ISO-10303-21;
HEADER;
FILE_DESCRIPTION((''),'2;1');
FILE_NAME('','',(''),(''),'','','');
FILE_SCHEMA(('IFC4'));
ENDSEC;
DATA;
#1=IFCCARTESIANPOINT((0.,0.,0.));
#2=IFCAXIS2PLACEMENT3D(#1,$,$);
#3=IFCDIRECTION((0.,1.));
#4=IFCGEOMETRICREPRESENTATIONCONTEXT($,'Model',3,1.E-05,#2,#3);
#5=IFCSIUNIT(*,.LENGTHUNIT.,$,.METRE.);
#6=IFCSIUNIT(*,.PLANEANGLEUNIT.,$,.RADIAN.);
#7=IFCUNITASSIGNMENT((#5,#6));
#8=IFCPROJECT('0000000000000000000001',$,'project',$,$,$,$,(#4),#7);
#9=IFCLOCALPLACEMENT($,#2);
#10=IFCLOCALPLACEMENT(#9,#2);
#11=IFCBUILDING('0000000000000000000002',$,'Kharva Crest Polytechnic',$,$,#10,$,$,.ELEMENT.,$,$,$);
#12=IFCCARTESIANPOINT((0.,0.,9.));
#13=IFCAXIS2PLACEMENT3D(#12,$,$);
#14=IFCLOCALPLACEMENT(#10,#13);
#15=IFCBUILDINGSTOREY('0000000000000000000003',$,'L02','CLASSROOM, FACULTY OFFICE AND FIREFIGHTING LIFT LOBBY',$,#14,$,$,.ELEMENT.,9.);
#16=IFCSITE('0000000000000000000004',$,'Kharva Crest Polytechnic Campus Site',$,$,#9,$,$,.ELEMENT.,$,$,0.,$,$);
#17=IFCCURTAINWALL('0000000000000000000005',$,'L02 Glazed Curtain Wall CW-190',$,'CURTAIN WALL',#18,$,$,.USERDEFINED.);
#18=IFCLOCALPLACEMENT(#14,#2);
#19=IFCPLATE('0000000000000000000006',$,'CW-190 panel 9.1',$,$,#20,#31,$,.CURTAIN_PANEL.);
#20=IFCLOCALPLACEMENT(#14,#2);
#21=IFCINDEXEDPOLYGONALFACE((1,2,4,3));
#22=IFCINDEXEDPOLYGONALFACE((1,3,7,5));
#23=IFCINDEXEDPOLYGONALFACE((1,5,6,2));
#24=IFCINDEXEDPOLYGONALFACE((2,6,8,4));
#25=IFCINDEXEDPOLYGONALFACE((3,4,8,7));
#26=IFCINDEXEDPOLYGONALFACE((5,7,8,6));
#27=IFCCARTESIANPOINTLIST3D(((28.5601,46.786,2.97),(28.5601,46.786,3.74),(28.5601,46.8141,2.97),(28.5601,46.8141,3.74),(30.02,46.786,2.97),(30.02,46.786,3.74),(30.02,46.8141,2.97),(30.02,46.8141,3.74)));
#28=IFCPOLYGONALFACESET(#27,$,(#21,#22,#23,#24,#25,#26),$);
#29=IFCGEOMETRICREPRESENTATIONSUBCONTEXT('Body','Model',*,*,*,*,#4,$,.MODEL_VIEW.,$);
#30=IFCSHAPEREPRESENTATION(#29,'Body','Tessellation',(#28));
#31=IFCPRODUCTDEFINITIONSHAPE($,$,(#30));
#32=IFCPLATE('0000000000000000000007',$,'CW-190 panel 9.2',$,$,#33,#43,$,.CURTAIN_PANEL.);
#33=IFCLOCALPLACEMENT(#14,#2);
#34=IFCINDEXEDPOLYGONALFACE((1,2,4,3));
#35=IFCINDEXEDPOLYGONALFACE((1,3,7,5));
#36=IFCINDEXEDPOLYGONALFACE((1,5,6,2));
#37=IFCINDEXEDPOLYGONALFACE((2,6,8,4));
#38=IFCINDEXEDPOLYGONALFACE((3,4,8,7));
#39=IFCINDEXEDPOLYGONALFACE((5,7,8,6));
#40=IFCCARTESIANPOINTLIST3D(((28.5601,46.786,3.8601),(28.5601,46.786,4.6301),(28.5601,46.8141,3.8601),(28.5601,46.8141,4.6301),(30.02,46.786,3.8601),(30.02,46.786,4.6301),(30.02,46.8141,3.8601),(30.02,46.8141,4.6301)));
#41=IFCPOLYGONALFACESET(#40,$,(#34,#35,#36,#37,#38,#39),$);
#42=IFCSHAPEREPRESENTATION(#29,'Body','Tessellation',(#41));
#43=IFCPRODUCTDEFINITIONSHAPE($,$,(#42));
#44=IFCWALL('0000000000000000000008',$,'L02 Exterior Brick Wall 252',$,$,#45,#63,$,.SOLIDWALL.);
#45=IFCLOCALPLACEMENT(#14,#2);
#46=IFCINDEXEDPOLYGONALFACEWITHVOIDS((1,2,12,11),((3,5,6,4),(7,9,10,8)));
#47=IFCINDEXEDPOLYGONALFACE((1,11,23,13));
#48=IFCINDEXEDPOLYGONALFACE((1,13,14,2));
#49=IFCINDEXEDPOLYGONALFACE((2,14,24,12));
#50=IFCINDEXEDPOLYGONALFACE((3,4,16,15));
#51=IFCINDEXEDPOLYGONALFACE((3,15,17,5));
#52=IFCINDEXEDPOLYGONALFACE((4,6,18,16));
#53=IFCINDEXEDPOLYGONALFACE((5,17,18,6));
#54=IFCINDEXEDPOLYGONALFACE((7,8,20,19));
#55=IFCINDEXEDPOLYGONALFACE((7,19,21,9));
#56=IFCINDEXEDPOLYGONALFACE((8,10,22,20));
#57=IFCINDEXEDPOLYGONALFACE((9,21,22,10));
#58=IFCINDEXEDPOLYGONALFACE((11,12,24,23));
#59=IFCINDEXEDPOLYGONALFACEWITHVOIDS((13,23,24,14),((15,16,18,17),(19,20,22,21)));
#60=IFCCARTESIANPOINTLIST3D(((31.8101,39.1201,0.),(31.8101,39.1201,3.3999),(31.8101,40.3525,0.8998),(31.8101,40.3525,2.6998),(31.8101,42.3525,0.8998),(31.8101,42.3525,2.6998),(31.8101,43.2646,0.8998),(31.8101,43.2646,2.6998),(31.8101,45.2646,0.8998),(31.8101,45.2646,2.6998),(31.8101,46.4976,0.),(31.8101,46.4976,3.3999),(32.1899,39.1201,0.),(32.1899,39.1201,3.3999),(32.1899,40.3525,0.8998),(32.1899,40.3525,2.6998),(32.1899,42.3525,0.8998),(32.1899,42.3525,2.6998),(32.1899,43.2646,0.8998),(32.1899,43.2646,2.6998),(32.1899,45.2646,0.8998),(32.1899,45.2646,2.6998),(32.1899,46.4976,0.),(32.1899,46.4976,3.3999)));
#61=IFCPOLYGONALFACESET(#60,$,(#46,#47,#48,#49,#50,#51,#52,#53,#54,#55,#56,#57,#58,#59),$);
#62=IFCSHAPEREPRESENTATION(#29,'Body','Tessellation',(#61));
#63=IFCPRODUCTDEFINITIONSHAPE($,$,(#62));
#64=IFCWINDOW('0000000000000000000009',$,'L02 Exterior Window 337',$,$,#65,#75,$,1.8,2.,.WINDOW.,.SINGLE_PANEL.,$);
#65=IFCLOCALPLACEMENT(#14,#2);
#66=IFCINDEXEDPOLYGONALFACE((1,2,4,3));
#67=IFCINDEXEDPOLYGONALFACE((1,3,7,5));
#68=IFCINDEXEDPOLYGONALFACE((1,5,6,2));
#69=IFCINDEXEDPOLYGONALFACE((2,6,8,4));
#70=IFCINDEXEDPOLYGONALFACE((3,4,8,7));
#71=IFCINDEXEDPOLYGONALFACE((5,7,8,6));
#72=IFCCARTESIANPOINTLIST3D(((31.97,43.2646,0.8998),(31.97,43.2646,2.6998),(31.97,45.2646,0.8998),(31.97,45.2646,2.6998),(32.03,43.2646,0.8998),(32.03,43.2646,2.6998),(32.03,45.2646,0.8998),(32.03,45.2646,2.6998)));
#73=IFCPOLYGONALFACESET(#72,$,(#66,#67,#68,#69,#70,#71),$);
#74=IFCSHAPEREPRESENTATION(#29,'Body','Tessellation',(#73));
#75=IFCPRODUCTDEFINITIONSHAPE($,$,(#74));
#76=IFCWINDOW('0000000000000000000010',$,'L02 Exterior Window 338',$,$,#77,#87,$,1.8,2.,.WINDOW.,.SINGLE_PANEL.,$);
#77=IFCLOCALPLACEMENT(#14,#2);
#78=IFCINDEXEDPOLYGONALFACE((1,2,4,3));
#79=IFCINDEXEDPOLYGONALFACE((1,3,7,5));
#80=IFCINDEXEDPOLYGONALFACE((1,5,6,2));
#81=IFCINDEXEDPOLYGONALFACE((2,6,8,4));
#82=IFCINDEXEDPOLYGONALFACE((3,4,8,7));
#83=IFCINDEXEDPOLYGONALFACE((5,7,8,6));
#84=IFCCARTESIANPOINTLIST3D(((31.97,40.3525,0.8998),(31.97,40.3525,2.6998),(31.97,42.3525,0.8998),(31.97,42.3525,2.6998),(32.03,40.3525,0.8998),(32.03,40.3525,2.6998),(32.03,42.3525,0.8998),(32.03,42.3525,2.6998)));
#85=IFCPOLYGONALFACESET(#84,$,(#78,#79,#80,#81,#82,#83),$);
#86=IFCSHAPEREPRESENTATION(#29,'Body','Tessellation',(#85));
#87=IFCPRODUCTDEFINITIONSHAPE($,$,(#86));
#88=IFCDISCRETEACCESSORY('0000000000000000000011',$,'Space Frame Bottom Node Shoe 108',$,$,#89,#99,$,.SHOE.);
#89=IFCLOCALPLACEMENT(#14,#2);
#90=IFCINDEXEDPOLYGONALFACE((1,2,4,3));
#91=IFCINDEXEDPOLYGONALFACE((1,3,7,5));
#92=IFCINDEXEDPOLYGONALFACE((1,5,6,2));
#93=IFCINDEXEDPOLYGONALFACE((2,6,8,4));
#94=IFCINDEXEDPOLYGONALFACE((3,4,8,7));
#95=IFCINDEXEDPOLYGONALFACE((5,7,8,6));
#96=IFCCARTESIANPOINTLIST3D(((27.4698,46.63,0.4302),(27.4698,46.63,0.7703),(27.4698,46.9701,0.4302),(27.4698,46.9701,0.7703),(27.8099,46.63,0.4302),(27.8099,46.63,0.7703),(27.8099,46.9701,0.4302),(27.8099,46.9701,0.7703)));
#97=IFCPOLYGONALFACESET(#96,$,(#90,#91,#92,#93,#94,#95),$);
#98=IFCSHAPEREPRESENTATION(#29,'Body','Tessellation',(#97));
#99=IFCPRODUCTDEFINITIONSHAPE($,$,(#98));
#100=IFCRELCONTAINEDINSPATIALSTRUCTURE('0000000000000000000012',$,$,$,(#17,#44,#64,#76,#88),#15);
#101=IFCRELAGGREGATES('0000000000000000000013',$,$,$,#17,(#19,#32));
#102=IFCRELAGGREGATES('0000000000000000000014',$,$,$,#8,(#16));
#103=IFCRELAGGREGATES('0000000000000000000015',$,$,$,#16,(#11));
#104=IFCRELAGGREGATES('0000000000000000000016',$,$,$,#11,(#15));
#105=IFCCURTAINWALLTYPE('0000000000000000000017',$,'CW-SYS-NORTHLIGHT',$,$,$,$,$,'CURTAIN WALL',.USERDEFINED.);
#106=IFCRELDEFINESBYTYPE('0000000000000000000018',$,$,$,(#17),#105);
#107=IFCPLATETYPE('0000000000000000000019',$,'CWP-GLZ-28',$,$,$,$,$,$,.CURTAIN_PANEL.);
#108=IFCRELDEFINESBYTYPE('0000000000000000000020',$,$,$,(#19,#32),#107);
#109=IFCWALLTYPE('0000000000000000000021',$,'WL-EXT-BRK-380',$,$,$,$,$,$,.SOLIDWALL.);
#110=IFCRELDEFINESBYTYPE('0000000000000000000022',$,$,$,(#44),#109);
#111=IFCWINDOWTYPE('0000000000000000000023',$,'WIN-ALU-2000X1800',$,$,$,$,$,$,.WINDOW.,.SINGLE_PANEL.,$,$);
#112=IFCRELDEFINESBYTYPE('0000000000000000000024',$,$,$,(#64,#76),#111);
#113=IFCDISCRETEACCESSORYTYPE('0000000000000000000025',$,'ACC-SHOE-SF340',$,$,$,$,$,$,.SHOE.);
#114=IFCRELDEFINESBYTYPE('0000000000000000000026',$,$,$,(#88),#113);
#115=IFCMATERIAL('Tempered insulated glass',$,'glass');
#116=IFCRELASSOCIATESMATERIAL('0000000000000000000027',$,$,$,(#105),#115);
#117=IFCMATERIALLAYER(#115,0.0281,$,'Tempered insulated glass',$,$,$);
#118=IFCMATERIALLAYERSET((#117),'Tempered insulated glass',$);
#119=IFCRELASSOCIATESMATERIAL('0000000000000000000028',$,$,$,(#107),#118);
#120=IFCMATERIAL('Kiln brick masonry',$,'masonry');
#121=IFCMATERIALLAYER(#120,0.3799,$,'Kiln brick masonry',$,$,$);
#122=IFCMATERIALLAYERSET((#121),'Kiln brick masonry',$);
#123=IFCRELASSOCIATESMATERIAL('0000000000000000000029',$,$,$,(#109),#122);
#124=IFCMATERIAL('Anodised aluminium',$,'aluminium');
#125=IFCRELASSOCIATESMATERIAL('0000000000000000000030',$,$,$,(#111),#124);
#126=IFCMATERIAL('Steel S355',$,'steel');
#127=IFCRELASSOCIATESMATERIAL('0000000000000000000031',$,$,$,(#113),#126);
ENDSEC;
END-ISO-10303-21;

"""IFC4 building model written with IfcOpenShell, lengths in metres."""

from ifc_helpers import new_model, si_unit, direction, frame, frame_2d, origin, origin_2d, place, context, subcontext, project, spatial, rectangle, extrude, material, layer, layer_set, type_object, element, fill, aggregate, save


model = new_model("IFC4")

# Units and contexts
model_context = context("Model", 3, precision=1e-05, world=origin(), true_north=direction((0.0, 1.0)))
body_context = subcontext(model_context, "Body", "Model", "MODEL_VIEW")
ifc_project = project(units=[si_unit("LENGTHUNIT", "METRE"), si_unit("PLANEANGLEUNIT", "RADIAN")], contexts=[model_context])

# Site, building, storey
site_placement = place(None, origin())
site = spatial("IfcSite", under=ifc_project, at=site_placement, Name="Kharva Crest Polytechnic Campus Site", CompositionType="ELEMENT", RefElevation=0.0)
building_placement = place(site_placement, origin())
building = spatial("IfcBuilding", under=site, at=building_placement, Name="Kharva Crest Polytechnic", CompositionType="ELEMENT")
storey_placement = place(building_placement, frame((0.0, 0.0, 9.0)))
storey = spatial("IfcBuildingStorey", under=building, at=storey_placement, Name="L02", Description="CLASSROOM, FACULTY OFFICE AND FIREFIGHTING LIFT LOBBY", CompositionType="ELEMENT", Elevation=9.0)

# Curtain wall
ifc_material_1 = material(Name="Tempered insulated glass", Category="glass")
curtain_wall_type = type_object("IfcCurtainWallType", Name="CW-SYS-NORTHLIGHT", ElementType="CURTAIN WALL", PredefinedType="USERDEFINED", material=ifc_material_1)
curtain_wall_placement = place(storey_placement, origin())
curtain_wall = element("IfcCurtainWall", 1, at=curtain_wall_placement, inside=storey, type_object=curtain_wall_type, Name="L02 Glazed Curtain Wall CW-190", ObjectType="CURTAIN WALL", PredefinedType="USERDEFINED")
ifc_material_2 = material(Name="Steel S355", Category="steel")

# Plates
ifc_layer_1 = layer(ifc_material_1, 0.0281, Name="Tempered insulated glass")
ifc_layer_set_1 = layer_set([ifc_layer_1], Name="Tempered insulated glass")
plate_type = type_object("IfcPlateType", Name="CWP-GLZ-28", PredefinedType="CURTAIN_PANEL", material=ifc_layer_set_1)
plate_1_placement = place(storey_placement, frame((29.29, 46.8, 2.97), z_axis=(0.0, 0.0, 1.0), x_axis=(1.0, 0.0, 0.0)))
plate_1 = element("IfcPlate", 2, at=plate_1_placement, type_object=plate_type, Name="CW-190 panel 9.1", PredefinedType="CURTAIN_PANEL", context=body_context, shape_type="SweptSolid", body=[
    extrude(rectangle(XDim=1.46, YDim=0.0281, at=origin_2d()), origin(), (0.0, 0.0, 1.0), 0.77),
])
plate_2_placement = place(storey_placement, frame((29.29, 46.8, 3.8601), z_axis=(0.0, 0.0, 1.0), x_axis=(1.0, 0.0, 0.0)))
plate_2 = element("IfcPlate", 3, at=plate_2_placement, type_object=plate_type, Name="CW-190 panel 9.2", PredefinedType="CURTAIN_PANEL", context=body_context, shape_type="SweptSolid", body=[
    extrude(rectangle(XDim=1.46, YDim=0.0281, at=origin_2d()), origin(), (0.0, 0.0, 1.0), 0.77),
])
aggregate(curtain_wall, [plate_1, plate_2])

# Wall, openings, windows
ifc_material_3 = material(Name="Kiln brick masonry", Category="masonry")
ifc_layer_2 = layer(ifc_material_3, 0.3799, Name="Kiln brick masonry")
ifc_layer_set_2 = layer_set([ifc_layer_2], Name="Kiln brick masonry")
wall_type = type_object("IfcWallType", Name="WL-EXT-BRK-380", PredefinedType="SOLIDWALL", material=ifc_layer_set_2)
wall_placement = place(storey_placement, frame((32.0, 46.4976, 0.0), z_axis=(0.0, 0.0, 1.0), x_axis=(0.0, -1.0, 0.0)))
wall = element("IfcWall", 4, at=wall_placement, inside=storey, type_object=wall_type, Name="L02 Exterior Brick Wall 252", PredefinedType="SOLIDWALL", context=body_context, shape_type="SweptSolid", body=[
    extrude(rectangle(XDim=7.3774, YDim=0.3799, at=frame_2d((3.6887, 0.0))), origin(), (0.0, 0.0, 1.0), 3.3999),
])
opening_1_placement = place(wall_placement, frame((1.2329, 0.0, 0.8999)))
opening_1 = element("IfcOpeningElement", 5, at=opening_1_placement, cuts=wall, PredefinedType="OPENING", context=body_context, shape_type="SweptSolid", body=[
    extrude(rectangle(XDim=2.0, YDim=1.8, at=frame_2d((1.0, 0.8999))), frame((0.0, 0.2, 0.0), z_axis=(0.0, -1.0, 0.0), x_axis=(1.0, 0.0, 0.0)), (0.0, 0.0, 1.0), 0.3999),
])
opening_2_placement = place(wall_placement, frame((4.145, 0.0, 0.8999)))
opening_2 = element("IfcOpeningElement", 6, at=opening_2_placement, cuts=wall, PredefinedType="OPENING", context=body_context, shape_type="SweptSolid", body=[
    extrude(rectangle(XDim=2.0, YDim=1.8, at=frame_2d((1.0, 0.8999))), frame((0.0, 0.2, 0.0), z_axis=(0.0, -1.0, 0.0), x_axis=(1.0, 0.0, 0.0)), (0.0, 0.0, 1.0), 0.3999),
])
ifc_material_4 = material(Name="Anodised aluminium", Category="aluminium")
window_type = type_object("IfcWindowType", Name="WIN-ALU-2000X1800", PartitioningType="SINGLE_PANEL", PredefinedType="WINDOW", material=ifc_material_4)
window_1_placement = place(opening_1_placement, origin())
window_1 = element("IfcWindow", 7, at=window_1_placement, inside=storey, type_object=window_type, Name="L02 Exterior Window 337", OverallHeight=1.8, OverallWidth=2.0, PartitioningType="SINGLE_PANEL", PredefinedType="WINDOW", context=body_context, shape_type="SweptSolid", body=[
    extrude(rectangle(XDim=2.0, YDim=1.8, at=frame_2d((1.0, 0.8999))), frame((0.0, 0.03, 0.0), z_axis=(0.0, -1.0, 0.0), x_axis=(1.0, 0.0, 0.0)), (0.0, 0.0, 1.0), 0.0601),
])
fill(opening_1, window_1)
window_2_placement = place(opening_2_placement, origin())
window_2 = element("IfcWindow", 8, at=window_2_placement, inside=storey, type_object=window_type, Name="L02 Exterior Window 338", OverallHeight=1.8, OverallWidth=2.0, PartitioningType="SINGLE_PANEL", PredefinedType="WINDOW", context=body_context, shape_type="SweptSolid", body=[
    extrude(rectangle(XDim=2.0, YDim=1.8, at=frame_2d((1.0, 0.8999))), frame((0.0, 0.03, 0.0), z_axis=(0.0, -1.0, 0.0), x_axis=(1.0, 0.0, 0.0)), (0.0, 0.0, 1.0), 0.0601),
])
fill(opening_2, window_2)

# Discrete accessory
discrete_accessory_type = type_object("IfcDiscreteAccessoryType", Name="ACC-SHOE-SF340", PredefinedType="SHOE", material=ifc_material_2)
discrete_accessory_placement = place(storey_placement, frame((27.6399, 46.8, 0.4302), z_axis=(0.0, 0.0, 1.0), x_axis=(1.0, 0.0, 0.0)))
element("IfcDiscreteAccessory", 9, at=discrete_accessory_placement, inside=storey, type_object=discrete_accessory_type, Name="Space Frame Bottom Node Shoe 108", PredefinedType="SHOE", context=body_context, shape_type="SweptSolid", body=[
    extrude(rectangle(XDim=0.3401, YDim=0.3401, at=origin_2d()), origin(), (0.0, 0.0, 1.0), 0.3401),
])

save(model, "model.ifc")
